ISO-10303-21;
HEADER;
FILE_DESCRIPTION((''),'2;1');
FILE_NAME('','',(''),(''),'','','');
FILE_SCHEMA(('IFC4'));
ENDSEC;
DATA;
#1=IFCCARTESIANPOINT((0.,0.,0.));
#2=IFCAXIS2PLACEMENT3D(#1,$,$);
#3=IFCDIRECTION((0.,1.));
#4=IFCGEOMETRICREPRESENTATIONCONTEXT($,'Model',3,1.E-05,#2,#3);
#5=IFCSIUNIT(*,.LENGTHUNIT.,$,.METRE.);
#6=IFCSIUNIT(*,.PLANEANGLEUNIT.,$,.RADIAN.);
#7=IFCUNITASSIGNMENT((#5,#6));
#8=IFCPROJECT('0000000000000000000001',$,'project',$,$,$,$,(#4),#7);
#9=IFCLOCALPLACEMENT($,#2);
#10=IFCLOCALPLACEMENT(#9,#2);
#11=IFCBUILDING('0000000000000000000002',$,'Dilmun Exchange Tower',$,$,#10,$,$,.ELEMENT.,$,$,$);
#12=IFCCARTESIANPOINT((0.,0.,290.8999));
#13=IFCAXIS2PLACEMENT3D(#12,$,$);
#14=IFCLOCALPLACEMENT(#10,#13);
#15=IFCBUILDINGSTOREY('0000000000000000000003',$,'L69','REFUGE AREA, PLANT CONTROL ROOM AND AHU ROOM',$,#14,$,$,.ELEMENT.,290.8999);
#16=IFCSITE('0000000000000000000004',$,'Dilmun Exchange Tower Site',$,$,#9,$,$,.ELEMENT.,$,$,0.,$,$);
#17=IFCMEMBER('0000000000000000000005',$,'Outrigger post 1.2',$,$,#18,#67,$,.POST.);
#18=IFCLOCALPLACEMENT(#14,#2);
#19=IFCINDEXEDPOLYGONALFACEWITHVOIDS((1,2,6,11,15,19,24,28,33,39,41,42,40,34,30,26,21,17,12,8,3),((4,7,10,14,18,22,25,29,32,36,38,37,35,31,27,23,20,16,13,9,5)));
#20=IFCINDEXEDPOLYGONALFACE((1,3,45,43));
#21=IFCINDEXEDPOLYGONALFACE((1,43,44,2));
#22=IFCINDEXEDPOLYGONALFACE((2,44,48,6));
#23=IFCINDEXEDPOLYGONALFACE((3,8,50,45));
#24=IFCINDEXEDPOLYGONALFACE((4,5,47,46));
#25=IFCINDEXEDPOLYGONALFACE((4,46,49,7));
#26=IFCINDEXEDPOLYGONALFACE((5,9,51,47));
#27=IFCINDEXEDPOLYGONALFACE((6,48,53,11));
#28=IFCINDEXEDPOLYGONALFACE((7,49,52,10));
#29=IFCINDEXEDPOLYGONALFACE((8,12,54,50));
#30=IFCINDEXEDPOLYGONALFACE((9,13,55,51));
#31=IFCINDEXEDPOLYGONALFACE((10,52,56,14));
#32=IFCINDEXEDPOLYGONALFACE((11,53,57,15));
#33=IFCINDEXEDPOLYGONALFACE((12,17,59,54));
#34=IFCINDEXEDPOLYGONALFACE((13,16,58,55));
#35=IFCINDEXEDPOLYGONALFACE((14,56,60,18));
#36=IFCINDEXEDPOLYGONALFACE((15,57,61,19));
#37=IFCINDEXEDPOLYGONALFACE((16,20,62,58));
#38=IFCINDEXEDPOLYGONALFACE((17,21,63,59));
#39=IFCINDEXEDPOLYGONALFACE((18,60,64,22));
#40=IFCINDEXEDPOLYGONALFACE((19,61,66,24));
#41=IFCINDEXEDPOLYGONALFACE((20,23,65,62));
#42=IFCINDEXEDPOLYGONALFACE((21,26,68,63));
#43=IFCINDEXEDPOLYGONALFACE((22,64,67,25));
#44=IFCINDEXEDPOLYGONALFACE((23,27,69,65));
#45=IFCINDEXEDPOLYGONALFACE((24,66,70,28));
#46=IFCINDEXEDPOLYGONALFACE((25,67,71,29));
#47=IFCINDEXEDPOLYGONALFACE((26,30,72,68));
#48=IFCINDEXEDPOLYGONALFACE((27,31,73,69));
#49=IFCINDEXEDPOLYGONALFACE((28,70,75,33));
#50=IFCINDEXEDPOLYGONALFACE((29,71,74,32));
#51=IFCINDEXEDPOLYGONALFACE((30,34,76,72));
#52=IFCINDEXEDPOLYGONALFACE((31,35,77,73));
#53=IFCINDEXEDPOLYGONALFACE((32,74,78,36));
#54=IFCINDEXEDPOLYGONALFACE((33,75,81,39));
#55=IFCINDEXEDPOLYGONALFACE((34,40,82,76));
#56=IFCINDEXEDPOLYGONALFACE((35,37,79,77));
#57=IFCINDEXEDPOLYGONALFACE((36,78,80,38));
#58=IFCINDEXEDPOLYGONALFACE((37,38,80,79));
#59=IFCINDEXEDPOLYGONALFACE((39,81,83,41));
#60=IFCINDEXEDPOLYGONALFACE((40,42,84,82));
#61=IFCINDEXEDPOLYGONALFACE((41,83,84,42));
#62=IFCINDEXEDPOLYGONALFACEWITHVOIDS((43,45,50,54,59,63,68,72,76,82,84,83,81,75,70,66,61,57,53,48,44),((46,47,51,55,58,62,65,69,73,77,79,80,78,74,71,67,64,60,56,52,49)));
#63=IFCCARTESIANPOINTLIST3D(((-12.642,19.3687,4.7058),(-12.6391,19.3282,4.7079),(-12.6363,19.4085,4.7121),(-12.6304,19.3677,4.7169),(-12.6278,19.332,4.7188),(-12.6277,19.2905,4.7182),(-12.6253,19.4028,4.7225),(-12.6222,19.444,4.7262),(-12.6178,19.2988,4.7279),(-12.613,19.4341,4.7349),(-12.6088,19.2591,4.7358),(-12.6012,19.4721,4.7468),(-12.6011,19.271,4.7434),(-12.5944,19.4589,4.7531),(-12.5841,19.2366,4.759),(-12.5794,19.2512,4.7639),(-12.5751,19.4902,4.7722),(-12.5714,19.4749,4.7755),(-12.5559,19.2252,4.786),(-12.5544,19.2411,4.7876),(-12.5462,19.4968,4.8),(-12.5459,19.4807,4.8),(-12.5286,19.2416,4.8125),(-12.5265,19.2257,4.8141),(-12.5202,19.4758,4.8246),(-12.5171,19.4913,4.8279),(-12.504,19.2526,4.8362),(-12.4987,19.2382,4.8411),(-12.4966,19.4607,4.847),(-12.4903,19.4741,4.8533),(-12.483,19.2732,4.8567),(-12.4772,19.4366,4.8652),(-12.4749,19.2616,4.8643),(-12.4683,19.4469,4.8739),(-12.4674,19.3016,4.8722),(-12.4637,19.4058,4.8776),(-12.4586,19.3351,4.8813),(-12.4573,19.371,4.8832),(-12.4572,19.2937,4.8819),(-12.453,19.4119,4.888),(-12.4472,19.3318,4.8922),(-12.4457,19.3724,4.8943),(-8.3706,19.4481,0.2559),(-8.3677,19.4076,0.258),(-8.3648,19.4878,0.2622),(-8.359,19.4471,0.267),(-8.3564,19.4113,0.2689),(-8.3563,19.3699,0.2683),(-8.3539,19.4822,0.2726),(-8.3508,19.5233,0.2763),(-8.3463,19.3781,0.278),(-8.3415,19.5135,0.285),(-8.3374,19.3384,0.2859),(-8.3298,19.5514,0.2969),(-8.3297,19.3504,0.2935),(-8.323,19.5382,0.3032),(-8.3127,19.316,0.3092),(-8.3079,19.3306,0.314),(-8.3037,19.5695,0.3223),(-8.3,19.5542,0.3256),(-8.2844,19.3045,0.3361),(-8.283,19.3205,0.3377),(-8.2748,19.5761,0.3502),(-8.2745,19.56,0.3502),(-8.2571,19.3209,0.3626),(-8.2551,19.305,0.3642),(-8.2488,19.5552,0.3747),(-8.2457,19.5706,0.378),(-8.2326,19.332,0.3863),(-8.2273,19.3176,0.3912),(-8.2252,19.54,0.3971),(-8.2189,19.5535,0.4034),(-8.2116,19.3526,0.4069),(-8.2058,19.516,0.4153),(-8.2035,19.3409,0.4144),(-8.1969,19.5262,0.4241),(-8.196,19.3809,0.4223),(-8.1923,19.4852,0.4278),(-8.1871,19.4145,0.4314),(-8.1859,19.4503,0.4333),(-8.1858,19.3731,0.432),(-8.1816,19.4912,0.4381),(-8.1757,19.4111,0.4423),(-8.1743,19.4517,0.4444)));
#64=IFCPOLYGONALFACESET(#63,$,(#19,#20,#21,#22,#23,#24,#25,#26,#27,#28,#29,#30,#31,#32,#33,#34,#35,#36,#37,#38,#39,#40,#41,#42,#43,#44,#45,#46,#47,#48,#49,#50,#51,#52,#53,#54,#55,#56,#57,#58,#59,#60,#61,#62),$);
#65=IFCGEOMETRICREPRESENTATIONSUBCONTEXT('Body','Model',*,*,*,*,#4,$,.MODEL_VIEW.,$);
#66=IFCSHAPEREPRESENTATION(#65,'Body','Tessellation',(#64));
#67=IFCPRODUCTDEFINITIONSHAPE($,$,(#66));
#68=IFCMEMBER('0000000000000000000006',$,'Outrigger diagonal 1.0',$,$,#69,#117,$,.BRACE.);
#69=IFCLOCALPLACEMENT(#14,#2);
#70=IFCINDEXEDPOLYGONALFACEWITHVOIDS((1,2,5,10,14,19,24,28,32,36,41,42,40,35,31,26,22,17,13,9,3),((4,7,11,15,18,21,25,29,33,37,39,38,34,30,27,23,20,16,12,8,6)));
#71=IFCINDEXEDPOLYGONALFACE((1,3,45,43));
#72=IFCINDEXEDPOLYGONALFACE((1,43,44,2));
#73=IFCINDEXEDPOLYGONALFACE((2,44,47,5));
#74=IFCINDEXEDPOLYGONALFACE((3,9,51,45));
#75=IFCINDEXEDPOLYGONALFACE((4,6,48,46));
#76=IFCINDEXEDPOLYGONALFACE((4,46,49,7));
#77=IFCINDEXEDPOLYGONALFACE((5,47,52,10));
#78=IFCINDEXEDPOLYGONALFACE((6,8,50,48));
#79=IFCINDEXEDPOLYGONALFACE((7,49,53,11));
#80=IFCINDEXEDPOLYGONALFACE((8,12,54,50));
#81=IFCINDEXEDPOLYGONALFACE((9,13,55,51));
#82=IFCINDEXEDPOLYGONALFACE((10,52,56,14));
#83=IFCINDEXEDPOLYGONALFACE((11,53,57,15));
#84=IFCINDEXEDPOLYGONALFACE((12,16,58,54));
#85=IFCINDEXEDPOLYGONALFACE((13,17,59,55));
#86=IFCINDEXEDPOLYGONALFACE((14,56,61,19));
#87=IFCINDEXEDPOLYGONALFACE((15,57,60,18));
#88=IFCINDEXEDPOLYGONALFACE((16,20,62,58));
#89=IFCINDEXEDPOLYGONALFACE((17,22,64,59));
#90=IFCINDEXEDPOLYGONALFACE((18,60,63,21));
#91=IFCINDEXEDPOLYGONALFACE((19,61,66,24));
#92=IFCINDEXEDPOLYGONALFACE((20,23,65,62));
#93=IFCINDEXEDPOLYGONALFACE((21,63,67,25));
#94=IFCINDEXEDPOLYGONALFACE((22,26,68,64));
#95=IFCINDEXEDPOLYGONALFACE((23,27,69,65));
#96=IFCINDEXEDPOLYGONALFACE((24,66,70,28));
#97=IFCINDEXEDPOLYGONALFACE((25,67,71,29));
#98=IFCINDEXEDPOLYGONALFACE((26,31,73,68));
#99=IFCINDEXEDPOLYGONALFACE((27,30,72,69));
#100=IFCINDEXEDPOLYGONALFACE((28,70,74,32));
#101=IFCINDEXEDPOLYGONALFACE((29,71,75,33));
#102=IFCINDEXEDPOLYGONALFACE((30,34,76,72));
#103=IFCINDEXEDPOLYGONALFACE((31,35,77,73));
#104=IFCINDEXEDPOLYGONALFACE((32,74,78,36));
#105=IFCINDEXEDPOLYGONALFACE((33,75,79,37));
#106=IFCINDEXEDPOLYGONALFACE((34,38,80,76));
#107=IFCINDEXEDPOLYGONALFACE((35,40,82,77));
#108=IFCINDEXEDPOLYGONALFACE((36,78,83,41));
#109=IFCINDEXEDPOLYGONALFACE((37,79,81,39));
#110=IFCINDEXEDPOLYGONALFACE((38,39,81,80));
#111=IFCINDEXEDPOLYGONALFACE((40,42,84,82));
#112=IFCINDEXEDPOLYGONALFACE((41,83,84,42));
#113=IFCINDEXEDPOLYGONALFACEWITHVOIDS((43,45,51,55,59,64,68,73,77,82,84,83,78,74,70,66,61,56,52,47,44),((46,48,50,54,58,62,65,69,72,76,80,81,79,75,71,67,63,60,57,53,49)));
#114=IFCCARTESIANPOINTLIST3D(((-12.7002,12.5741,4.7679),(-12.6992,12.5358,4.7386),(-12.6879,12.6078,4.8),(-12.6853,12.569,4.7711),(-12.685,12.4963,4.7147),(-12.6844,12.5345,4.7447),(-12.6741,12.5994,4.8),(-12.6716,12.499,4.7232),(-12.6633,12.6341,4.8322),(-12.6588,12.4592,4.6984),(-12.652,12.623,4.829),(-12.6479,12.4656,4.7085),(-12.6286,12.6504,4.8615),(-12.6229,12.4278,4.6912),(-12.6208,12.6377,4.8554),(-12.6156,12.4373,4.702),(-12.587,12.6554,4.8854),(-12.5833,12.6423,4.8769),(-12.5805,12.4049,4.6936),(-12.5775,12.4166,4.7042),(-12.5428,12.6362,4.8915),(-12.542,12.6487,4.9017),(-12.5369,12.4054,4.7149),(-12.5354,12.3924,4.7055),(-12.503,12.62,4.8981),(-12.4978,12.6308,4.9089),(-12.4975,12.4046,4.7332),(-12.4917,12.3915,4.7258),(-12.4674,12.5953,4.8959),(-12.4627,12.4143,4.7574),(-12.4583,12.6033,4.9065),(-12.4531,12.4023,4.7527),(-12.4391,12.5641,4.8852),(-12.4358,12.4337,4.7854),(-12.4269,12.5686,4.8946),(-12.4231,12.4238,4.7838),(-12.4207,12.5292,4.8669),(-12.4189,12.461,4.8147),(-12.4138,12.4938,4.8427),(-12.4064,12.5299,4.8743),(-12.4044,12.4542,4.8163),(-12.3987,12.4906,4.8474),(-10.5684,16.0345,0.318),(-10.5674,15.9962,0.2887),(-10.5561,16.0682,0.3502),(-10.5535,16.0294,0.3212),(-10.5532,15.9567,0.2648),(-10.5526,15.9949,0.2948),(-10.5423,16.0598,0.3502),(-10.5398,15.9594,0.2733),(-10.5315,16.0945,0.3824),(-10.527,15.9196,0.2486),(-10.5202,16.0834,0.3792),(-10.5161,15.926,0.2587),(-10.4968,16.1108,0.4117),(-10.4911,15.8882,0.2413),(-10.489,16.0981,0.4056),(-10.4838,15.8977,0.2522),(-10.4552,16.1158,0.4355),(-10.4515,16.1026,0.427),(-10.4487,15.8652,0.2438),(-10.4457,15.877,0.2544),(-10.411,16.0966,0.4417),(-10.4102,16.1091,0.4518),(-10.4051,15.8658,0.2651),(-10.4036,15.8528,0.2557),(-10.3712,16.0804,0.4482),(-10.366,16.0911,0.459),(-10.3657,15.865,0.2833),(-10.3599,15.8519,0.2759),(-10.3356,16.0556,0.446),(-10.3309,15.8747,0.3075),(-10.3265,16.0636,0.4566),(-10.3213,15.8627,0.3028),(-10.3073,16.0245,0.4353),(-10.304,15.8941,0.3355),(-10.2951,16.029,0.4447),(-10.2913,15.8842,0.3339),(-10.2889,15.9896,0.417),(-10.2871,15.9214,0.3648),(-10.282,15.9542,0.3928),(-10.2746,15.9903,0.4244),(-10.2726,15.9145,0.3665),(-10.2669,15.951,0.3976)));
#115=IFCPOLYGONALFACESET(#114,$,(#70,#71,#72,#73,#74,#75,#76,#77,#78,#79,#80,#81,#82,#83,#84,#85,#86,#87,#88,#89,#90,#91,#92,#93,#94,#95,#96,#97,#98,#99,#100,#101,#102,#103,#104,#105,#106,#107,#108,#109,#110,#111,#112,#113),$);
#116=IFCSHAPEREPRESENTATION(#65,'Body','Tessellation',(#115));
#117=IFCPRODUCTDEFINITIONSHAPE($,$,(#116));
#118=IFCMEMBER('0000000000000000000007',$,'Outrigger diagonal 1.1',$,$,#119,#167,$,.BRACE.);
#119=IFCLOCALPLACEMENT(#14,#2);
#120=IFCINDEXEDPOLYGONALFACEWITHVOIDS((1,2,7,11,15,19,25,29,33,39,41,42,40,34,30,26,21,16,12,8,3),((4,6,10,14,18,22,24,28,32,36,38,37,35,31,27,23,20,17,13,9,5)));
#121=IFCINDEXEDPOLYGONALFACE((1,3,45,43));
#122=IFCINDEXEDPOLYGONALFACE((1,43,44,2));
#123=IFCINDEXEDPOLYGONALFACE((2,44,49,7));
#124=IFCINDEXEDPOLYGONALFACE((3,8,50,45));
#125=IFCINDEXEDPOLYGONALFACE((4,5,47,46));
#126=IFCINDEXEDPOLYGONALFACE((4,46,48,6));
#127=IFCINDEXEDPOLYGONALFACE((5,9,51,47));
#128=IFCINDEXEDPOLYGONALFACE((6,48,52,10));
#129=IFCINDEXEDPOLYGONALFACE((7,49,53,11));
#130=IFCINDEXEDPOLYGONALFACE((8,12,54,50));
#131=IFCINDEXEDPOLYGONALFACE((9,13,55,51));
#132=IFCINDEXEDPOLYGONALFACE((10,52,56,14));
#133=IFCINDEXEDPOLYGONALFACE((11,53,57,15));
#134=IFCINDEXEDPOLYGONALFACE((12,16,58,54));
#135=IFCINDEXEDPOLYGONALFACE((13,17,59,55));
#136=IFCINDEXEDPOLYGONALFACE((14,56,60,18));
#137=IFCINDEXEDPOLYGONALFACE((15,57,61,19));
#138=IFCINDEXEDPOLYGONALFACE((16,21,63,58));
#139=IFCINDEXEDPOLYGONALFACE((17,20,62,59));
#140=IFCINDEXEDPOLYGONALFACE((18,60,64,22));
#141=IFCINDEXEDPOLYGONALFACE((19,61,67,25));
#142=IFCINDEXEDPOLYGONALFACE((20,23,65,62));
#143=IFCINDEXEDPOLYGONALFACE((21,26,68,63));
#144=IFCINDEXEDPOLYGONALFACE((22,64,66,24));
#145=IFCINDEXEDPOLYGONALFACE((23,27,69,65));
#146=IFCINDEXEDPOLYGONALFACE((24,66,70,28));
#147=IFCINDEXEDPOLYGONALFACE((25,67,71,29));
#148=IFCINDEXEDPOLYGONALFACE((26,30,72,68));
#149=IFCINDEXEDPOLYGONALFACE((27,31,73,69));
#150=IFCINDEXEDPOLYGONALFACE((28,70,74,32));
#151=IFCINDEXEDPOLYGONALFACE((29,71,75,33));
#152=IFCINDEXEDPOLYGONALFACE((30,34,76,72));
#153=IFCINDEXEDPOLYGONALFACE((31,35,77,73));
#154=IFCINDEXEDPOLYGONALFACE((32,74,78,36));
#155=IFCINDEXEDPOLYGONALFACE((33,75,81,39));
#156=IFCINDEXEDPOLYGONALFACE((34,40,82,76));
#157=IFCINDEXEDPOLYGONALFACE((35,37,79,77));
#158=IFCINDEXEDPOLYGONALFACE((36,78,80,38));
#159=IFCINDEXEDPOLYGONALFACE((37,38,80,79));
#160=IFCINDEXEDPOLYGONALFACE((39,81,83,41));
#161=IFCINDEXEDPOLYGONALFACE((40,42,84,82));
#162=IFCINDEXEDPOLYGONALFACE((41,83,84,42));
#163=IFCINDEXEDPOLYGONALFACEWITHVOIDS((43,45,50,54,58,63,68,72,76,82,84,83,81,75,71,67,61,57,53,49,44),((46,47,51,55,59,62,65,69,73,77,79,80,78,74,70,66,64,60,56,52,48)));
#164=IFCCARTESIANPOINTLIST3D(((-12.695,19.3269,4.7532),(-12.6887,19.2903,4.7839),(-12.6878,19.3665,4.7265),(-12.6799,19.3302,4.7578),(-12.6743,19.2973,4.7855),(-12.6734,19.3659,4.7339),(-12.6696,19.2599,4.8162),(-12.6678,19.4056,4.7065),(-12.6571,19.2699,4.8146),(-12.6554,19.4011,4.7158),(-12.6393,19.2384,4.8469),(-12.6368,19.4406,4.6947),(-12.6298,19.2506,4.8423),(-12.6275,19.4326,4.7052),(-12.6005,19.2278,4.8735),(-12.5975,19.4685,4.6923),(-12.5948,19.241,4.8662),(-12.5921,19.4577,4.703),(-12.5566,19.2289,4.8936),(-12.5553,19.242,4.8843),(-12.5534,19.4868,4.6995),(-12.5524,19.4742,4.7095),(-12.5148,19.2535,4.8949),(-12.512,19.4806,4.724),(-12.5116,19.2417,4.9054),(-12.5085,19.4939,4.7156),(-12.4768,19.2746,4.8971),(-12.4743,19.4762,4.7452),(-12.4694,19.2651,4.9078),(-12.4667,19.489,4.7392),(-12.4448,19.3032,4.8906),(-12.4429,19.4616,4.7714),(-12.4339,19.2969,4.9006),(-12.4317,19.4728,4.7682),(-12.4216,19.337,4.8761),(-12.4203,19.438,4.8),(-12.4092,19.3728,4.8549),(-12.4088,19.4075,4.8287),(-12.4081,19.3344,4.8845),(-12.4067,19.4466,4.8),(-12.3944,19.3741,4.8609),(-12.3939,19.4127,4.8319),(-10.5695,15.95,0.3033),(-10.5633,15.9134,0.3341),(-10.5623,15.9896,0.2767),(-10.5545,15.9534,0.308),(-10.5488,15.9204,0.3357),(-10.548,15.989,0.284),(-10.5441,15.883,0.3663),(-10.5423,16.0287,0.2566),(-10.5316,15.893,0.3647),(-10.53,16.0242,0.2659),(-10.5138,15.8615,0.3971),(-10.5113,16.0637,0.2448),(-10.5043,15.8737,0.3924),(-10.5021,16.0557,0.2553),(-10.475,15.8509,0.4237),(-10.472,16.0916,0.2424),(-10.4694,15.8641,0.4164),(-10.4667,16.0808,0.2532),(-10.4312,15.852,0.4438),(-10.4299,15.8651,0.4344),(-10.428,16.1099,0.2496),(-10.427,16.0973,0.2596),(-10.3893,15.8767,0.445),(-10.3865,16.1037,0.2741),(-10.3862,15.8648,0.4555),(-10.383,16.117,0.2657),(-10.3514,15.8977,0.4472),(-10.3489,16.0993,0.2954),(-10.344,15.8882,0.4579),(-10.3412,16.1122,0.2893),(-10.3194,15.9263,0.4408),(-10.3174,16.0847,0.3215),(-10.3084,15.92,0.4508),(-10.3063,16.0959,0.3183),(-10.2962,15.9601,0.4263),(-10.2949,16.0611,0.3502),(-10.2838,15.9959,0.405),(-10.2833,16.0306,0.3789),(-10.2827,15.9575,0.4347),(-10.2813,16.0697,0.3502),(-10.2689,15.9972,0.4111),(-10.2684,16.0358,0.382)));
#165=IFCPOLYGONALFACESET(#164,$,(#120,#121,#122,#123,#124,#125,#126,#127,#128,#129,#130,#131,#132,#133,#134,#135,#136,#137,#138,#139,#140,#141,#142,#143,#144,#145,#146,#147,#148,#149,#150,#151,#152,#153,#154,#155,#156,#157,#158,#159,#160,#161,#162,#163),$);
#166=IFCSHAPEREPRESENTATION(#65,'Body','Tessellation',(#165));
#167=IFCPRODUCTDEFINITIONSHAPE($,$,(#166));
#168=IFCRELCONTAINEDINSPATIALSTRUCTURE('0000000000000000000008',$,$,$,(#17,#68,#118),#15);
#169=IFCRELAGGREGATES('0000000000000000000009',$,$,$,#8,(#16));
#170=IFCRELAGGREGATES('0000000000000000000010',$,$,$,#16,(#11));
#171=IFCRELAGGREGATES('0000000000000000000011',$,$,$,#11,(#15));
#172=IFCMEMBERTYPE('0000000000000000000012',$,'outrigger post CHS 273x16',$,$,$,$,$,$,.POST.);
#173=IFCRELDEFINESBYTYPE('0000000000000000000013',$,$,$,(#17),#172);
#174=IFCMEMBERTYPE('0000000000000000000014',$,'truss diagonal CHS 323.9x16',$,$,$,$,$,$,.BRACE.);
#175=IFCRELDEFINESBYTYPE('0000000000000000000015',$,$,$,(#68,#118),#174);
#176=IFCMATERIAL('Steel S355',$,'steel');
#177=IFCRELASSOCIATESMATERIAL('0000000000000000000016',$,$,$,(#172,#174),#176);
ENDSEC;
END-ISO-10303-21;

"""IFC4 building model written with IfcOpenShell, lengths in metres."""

from ifc_helpers import new_model, si_unit, direction, frame, origin, origin_2d, place, context, subcontext, project, spatial, hollow_circle, extrude, material, material_profile, profile_set, type_object, element, save


model = new_model("IFC4")

# Units and contexts
model_context = context("Model", 3, precision=1e-05, world=origin(), true_north=direction((0.0, 1.0)))
body_context = subcontext(model_context, "Body", "Model", "MODEL_VIEW")
ifc_project = project(units=[si_unit("LENGTHUNIT", "METRE"), si_unit("PLANEANGLEUNIT", "RADIAN")], contexts=[model_context])

# Site, building, storey
site_placement = place(None, origin())
site = spatial("IfcSite", under=ifc_project, at=site_placement, Name="Dilmun Exchange Tower Site", CompositionType="ELEMENT", RefElevation=0.0)
building_placement = place(site_placement, origin())
building = spatial("IfcBuilding", under=site, at=building_placement, Name="Dilmun Exchange Tower", CompositionType="ELEMENT")
storey_placement = place(building_placement, frame((0.0, 0.0, 290.8999)))
storey = spatial("IfcBuildingStorey", under=building, at=storey_placement, Name="L69", Description="REFUGE AREA, PLANT CONTROL ROOM AND AHU ROOM", CompositionType="ELEMENT", Elevation=290.8999)

# Shared definitions
ifc_material_1 = material(Name="Steel S355", Category="steel")

# Members
ifc_material_profile_1 = material_profile(ifc_material_1, hollow_circle(Radius=0.1365, WallThickness=0.0161, at=origin_2d()), Name="CHS 273x16")
ifc_profile_set_1 = profile_set([ifc_material_profile_1], Name="Steel S355")
member_type_1 = type_object("IfcMemberType", Name="outrigger post CHS 273x16", PredefinedType="POST", material=ifc_profile_set_1)
member_1_placement = place(storey_placement, frame((-12.5437, 19.3604, 4.8), z_axis=(0.692435, 0.012862, -0.721366), x_axis=(-0.018572, 0.999828, 0.0)))
element("IfcMember", 1, at=member_1_placement, inside=storey, type_object=member_type_1, Name="Outrigger post 1.2", PredefinedType="POST", context=body_context, shape_type="SweptSolid", body=[
    extrude(hollow_circle(Radius=0.1365, WallThickness=0.0161, at=origin_2d()), origin(), (0.0, 0.0, 1.0), 6.1687),
])
ifc_material_profile_2 = material_profile(ifc_material_1, hollow_circle(Radius=0.1619, WallThickness=0.0161, at=origin_2d()), Name="CHS 323.9x16")
ifc_profile_set_2 = profile_set([ifc_material_profile_2], Name="Steel S355")
member_type_2 = type_object("IfcMemberType", Name="truss diagonal CHS 323.9x16", PredefinedType="BRACE", material=ifc_profile_set_2)
member_2_placement = place(storey_placement, frame((-12.55, 12.5229, 4.8), z_axis=(0.35373, 0.574183, -0.738369), x_axis=(-0.851402, 0.524513, 0.0)))
element("IfcMember", 2, at=member_2_placement, inside=storey, type_object=member_type_2, Name="Outrigger diagonal 1.0", PredefinedType="BRACE", context=body_context, shape_type="SweptSolid", body=[
    extrude(hollow_circle(Radius=0.1619, WallThickness=0.0161, at=origin_2d()), origin(), (0.0, 0.0, 1.0), 6.0266),
])
member_3_placement = place(storey_placement, frame((-12.5437, 19.3604, 4.8), z_axis=(0.355616, -0.564999, -0.744522), x_axis=(0.846317, 0.53268, 0.0)))
element("IfcMember", 3, at=member_3_placement, inside=storey, type_object=member_type_2, Name="Outrigger diagonal 1.1", PredefinedType="BRACE", context=body_context, shape_type="SweptSolid", body=[
    extrude(hollow_circle(Radius=0.1619, WallThickness=0.0161, at=origin_2d()), origin(), (0.0, 0.0, 1.0), 5.9768),
])

save(model, "model.ifc")
